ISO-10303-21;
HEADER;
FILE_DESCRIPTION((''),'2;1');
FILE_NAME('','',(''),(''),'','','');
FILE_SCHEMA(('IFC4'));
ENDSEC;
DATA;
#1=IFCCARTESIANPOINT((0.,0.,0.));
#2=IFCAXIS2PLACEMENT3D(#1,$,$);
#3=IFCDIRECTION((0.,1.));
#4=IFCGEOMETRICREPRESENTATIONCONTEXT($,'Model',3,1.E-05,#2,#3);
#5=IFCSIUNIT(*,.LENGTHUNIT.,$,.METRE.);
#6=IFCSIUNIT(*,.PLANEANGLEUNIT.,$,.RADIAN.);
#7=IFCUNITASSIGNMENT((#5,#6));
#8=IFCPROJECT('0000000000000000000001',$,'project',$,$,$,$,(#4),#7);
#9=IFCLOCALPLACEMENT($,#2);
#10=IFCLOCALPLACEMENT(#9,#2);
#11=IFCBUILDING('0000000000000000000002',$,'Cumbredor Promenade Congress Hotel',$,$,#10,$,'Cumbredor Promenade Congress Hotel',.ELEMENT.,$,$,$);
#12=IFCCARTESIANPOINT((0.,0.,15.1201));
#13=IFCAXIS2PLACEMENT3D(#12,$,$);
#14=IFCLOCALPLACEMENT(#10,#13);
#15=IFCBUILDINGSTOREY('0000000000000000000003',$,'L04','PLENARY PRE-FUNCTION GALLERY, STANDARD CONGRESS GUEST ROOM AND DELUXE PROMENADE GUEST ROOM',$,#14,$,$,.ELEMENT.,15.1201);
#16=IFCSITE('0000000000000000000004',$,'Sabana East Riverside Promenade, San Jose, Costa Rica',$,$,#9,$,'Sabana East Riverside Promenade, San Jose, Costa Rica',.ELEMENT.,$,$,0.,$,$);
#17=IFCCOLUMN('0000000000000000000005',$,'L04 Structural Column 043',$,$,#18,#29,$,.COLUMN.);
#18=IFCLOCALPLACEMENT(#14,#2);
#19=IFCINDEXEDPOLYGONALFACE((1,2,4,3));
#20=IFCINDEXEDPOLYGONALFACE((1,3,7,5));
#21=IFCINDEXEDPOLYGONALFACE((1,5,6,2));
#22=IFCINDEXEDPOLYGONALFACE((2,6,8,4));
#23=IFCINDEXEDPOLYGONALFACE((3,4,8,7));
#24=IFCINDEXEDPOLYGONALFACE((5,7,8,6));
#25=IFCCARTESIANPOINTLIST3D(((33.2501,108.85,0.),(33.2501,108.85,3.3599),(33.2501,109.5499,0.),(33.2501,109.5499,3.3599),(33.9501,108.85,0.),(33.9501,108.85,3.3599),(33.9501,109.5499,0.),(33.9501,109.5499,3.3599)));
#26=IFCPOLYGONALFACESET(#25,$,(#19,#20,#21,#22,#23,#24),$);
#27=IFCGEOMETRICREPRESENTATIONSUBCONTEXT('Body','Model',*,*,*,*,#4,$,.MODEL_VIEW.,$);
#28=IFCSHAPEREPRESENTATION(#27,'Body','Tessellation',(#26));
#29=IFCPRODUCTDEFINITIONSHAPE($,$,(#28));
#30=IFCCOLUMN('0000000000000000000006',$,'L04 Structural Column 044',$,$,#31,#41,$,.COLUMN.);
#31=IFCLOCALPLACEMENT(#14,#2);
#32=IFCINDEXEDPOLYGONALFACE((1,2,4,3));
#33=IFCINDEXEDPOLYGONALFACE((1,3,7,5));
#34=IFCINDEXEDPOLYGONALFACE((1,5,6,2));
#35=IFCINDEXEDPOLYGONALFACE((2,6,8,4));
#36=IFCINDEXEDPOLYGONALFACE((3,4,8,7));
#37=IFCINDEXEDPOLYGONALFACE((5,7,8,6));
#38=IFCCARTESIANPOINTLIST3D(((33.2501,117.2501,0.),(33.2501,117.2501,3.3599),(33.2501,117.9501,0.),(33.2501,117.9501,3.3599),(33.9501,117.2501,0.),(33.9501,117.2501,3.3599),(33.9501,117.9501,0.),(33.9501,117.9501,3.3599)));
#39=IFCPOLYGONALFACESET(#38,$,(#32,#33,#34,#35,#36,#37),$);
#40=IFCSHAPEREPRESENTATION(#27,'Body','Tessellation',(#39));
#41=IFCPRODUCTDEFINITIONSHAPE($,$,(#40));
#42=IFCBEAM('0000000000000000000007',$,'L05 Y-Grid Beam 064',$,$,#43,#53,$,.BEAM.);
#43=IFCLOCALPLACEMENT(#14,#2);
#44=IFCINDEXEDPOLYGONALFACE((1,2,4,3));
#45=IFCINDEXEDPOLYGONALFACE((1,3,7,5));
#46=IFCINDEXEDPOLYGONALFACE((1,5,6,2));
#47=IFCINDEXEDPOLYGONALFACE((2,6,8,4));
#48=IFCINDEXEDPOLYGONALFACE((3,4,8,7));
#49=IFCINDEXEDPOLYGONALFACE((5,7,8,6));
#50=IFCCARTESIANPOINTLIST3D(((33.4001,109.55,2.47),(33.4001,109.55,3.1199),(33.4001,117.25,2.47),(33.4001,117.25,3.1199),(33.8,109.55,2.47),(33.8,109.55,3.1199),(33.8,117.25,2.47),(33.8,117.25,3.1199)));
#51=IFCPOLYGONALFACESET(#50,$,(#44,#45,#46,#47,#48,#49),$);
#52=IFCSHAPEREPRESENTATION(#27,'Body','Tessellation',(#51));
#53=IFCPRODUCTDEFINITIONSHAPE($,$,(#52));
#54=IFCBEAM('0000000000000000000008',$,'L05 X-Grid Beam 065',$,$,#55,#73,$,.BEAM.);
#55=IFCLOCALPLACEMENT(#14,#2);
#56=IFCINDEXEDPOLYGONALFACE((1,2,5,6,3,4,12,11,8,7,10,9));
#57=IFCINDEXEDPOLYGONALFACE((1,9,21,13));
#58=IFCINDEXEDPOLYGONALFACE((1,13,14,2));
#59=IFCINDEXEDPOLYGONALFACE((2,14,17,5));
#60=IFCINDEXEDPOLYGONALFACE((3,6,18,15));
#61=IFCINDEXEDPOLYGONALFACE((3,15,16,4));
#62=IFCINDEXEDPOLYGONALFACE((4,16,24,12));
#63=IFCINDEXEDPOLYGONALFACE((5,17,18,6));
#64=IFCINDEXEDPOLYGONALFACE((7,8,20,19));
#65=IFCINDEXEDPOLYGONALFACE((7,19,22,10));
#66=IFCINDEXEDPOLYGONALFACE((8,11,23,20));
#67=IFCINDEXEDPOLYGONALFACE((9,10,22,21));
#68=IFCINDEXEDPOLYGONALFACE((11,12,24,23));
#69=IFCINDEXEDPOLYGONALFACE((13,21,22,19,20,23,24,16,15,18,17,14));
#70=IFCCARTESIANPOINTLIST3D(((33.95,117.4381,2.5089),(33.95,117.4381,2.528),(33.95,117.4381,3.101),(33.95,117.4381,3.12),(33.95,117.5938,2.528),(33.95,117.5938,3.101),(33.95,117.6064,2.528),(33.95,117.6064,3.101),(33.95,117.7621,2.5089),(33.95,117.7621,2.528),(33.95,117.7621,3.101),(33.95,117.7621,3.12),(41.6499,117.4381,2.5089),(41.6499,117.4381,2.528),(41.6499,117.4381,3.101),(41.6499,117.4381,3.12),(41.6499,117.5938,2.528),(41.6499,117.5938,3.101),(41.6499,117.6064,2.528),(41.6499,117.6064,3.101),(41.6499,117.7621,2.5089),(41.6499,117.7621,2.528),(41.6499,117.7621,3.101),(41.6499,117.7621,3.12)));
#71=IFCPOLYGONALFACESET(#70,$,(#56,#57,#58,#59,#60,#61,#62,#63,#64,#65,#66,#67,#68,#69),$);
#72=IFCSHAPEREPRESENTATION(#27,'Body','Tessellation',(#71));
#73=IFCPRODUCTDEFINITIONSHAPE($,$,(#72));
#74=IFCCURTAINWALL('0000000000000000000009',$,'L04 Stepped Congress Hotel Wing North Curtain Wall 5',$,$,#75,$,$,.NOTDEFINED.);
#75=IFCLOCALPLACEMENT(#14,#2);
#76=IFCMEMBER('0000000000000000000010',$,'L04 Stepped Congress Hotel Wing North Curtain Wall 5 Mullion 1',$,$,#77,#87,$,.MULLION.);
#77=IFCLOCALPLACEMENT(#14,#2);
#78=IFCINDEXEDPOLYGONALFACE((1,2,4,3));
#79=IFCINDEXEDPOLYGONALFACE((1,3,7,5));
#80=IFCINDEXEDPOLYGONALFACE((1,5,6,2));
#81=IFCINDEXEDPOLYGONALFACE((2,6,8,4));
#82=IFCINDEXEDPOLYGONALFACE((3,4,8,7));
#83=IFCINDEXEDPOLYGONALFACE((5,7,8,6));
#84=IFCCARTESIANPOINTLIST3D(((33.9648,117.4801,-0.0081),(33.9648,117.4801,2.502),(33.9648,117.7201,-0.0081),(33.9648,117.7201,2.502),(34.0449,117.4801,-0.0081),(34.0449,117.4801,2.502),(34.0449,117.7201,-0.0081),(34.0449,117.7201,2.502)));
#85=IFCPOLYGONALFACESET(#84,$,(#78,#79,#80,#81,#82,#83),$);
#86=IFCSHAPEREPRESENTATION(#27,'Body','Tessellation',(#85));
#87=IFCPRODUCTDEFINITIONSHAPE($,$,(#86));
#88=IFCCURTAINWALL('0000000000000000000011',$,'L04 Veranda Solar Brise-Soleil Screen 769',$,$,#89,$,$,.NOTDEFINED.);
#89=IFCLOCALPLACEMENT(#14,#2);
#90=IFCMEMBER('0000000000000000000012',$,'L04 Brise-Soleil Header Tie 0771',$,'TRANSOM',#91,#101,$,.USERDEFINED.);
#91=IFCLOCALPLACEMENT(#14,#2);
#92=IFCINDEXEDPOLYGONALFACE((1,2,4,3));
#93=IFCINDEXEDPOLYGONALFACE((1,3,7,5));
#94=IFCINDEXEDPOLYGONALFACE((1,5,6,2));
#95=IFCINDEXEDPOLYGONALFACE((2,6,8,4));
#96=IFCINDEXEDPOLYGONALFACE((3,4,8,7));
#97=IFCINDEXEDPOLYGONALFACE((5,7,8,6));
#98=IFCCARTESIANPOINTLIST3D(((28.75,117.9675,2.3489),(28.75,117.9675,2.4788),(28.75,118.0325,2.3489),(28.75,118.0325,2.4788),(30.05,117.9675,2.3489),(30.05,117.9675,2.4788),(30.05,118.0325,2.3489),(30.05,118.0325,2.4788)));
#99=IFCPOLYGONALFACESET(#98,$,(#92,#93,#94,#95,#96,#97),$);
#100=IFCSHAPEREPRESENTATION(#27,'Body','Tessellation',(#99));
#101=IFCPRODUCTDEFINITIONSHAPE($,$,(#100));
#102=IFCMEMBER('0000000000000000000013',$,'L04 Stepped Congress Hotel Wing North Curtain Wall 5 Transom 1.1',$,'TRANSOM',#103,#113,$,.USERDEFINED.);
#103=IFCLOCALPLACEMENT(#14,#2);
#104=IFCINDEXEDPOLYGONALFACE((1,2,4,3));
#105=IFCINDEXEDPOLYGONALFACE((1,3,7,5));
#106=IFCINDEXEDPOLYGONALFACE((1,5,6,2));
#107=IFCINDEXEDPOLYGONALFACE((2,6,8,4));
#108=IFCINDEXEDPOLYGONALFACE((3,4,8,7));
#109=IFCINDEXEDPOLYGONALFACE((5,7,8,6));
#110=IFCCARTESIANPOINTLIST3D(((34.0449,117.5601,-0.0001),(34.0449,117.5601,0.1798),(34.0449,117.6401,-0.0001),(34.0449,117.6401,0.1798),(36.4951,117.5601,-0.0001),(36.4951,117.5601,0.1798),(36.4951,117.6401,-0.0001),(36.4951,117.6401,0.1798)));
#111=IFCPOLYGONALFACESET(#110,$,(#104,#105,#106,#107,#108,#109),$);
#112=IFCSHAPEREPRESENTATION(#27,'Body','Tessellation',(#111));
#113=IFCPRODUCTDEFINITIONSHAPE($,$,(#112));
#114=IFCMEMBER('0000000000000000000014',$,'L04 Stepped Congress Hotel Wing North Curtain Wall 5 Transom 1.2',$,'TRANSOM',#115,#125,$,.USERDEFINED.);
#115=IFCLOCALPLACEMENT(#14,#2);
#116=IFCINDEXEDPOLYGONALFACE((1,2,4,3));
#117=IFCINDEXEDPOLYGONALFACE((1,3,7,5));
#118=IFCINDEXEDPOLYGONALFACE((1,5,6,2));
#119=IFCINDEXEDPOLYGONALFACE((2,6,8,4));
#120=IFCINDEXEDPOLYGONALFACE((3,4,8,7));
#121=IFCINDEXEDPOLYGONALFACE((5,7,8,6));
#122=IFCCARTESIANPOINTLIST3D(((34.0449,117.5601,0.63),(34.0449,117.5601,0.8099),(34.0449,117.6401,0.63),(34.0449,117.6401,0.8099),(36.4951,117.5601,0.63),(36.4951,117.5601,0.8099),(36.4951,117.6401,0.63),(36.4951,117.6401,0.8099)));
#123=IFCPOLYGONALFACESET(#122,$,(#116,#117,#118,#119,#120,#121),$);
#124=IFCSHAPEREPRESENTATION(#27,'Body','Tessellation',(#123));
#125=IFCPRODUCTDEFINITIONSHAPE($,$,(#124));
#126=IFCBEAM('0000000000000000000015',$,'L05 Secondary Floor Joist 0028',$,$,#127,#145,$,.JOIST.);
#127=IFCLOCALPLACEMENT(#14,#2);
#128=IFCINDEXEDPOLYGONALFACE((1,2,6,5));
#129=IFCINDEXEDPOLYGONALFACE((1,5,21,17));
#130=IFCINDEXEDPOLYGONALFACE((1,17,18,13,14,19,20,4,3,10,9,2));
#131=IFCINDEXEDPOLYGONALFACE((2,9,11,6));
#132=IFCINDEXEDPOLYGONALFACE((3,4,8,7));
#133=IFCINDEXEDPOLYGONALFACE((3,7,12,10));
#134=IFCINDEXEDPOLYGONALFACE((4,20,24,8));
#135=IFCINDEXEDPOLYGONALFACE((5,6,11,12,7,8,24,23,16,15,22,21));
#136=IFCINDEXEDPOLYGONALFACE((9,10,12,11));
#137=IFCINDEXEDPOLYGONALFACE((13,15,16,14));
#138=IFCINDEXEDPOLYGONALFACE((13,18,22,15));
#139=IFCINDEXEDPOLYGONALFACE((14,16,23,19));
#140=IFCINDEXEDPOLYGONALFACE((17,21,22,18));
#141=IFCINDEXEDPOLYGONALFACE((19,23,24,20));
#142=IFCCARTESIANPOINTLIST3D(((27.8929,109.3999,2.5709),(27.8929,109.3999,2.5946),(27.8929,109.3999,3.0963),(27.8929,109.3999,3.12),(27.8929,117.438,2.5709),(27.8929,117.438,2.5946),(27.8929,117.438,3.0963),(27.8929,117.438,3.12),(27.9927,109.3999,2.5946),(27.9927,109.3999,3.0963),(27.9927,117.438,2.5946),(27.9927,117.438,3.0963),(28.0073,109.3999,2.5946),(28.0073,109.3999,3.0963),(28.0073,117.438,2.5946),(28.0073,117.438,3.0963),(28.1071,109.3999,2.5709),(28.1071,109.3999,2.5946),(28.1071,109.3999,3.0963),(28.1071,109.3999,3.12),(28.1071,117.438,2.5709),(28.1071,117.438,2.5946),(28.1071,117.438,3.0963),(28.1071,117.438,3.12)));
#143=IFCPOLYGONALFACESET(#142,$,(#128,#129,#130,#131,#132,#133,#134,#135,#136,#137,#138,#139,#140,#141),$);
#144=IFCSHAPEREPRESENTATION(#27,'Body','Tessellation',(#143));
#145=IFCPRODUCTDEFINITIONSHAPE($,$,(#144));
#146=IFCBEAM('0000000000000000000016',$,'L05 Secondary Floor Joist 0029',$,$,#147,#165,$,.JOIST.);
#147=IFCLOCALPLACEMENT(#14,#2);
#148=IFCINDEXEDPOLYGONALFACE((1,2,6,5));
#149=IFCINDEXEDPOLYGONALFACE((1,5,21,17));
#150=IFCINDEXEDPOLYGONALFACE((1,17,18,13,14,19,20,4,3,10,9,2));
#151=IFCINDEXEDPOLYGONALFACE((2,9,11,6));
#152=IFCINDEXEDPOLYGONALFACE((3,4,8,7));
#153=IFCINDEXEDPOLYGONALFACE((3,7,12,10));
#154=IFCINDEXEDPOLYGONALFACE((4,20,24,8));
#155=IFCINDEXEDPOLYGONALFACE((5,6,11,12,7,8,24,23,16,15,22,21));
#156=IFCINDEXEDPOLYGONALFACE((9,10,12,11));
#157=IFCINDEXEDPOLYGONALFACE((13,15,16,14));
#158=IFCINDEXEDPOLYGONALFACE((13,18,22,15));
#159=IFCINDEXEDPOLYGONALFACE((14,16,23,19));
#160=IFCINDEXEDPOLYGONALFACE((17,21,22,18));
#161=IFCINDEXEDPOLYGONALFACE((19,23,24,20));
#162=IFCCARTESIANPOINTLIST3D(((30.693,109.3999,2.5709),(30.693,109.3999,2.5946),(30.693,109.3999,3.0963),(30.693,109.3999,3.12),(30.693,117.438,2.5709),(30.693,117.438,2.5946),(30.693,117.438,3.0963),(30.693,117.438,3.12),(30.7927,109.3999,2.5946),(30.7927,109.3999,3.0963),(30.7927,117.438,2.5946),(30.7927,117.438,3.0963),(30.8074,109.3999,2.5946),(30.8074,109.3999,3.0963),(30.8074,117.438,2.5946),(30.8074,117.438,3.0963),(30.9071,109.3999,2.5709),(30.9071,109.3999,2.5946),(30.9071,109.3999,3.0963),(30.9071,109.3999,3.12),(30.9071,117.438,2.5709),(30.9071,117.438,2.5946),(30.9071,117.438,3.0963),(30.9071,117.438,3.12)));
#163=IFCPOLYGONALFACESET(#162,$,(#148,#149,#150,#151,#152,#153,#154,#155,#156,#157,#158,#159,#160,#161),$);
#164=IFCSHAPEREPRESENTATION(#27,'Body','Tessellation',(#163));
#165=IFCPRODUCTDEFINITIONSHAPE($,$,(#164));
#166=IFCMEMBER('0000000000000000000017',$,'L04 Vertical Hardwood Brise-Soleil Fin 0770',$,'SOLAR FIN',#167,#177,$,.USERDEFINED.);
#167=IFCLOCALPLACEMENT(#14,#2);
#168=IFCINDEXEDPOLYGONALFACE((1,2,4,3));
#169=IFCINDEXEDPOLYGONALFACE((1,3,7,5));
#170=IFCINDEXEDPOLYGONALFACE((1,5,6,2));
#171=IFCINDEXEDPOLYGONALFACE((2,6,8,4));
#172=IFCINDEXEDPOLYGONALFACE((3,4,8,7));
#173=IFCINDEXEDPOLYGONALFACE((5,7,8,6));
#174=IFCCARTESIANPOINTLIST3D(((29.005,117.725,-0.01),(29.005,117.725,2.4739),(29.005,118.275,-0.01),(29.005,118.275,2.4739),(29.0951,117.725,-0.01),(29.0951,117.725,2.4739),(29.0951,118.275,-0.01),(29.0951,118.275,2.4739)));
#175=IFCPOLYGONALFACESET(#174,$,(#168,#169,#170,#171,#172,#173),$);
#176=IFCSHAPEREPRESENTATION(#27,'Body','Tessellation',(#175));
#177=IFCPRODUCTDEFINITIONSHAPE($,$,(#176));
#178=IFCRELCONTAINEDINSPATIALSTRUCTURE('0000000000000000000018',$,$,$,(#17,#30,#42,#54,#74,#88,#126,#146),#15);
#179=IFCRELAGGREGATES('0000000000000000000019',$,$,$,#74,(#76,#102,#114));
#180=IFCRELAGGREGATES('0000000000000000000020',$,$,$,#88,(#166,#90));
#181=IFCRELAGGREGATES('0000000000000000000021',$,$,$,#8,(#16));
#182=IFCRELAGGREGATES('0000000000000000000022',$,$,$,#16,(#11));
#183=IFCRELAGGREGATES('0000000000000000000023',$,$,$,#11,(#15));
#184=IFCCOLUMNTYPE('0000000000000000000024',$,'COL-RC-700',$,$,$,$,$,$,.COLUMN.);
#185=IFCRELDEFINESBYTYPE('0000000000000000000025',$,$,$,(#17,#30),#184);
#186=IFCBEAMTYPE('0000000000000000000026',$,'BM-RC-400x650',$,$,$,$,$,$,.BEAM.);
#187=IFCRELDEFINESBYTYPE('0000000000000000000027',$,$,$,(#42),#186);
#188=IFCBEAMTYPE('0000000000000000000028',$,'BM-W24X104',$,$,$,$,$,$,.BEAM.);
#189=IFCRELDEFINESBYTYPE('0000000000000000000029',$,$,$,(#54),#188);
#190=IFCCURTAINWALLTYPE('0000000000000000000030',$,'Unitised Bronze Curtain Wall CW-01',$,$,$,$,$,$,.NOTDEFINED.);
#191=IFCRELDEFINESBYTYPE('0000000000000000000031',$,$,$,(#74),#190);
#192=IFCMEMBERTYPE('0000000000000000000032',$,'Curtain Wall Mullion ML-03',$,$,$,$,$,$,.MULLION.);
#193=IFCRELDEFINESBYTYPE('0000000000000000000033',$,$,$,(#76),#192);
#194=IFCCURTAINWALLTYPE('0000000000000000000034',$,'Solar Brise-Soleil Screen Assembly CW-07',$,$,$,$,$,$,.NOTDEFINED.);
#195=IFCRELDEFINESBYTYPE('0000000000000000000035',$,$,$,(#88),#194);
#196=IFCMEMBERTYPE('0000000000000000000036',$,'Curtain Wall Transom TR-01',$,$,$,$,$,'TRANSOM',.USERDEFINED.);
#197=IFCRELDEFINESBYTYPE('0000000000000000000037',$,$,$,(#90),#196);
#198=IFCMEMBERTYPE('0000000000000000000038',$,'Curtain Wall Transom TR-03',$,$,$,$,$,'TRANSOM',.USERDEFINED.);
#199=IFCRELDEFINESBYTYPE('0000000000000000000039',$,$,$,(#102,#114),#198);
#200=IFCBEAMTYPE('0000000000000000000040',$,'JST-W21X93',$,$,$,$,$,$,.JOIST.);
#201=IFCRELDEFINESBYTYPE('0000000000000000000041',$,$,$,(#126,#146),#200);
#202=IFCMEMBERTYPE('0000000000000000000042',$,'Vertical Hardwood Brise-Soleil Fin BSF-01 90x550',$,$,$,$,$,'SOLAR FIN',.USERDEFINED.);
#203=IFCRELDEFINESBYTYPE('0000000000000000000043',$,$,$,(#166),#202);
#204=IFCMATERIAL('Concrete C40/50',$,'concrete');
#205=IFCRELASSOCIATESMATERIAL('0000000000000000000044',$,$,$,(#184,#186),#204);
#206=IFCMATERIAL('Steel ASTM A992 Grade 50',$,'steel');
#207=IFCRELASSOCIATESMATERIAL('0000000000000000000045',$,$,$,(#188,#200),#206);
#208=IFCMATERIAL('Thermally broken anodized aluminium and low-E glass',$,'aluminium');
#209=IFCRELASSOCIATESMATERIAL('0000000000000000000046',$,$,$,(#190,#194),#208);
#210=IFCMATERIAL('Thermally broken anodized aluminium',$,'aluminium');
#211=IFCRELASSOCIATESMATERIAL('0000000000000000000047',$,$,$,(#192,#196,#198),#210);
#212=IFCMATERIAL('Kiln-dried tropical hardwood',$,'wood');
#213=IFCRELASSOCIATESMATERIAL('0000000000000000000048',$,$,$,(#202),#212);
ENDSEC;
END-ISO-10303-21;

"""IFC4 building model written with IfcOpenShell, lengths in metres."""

from ifc_helpers import new_model, si_unit, direction, frame, origin, origin_2d, place, context, subcontext, project, spatial, rectangle, i_section, extrude, material, material_profile, profile_set, type_object, element, aggregate, save


model = new_model("IFC4")

# Units and contexts
model_context = context("Model", 3, precision=1e-05, world=origin(), true_north=direction((0.0, 1.0)))
body_context = subcontext(model_context, "Body", "Model", "MODEL_VIEW")
ifc_project = project(units=[si_unit("LENGTHUNIT", "METRE"), si_unit("PLANEANGLEUNIT", "RADIAN")], contexts=[model_context])

# Site, building, storey
site_placement = place(None, origin())
site = spatial("IfcSite", under=ifc_project, at=site_placement, Name="Sabana East Riverside Promenade, San Jose, Costa Rica", LongName="Sabana East Riverside Promenade, San Jose, Costa Rica", CompositionType="ELEMENT", RefElevation=0.0)
building_placement = place(site_placement, origin())
building = spatial("IfcBuilding", under=site, at=building_placement, Name="Cumbredor Promenade Congress Hotel", LongName="Cumbredor Promenade Congress Hotel", CompositionType="ELEMENT")
storey_placement = place(building_placement, frame((0.0, 0.0, 15.1201)))
storey = spatial("IfcBuildingStorey", under=building, at=storey_placement, Name="L04", Description="PLENARY PRE-FUNCTION GALLERY, STANDARD CONGRESS GUEST ROOM AND DELUXE PROMENADE GUEST ROOM", CompositionType="ELEMENT", Elevation=15.1201)

# Columns
ifc_material_1 = material(Name="Concrete C40/50", Category="concrete")
ifc_material_profile_1 = material_profile(ifc_material_1, rectangle(XDim=0.7, YDim=0.7, at=origin_2d()), Name="RC 700x700")
ifc_profile_set_1 = profile_set([ifc_material_profile_1], Name="Concrete C40/50")
column_type = type_object("IfcColumnType", Name="COL-RC-700", PredefinedType="COLUMN", material=ifc_profile_set_1)
for number, where, z_axis, x_axis, name in (
    (1, (33.6001, 109.2, 0.0), (0.0, 0.0, 1.0), (1.0, 0.0, 0.0), "L04 Structural Column 043"),
    (2, (33.6001, 117.6001, 0.0), (0.0, 0.0, 1.0), (1.0, 0.0, 0.0), "L04 Structural Column 044"),
):
    element("IfcColumn", number, at=place(storey_placement, frame(where, z_axis=z_axis, x_axis=x_axis)), inside=storey, type_object=column_type, Name=name, PredefinedType="COLUMN", context=body_context, shape_type="SweptSolid", body=[
        extrude(rectangle(XDim=0.7, YDim=0.7, at=origin_2d()), origin(), (0.0, 0.0, 1.0), 3.3599),
    ])

# Beams
ifc_material_profile_2 = material_profile(ifc_material_1, rectangle(XDim=0.3999, YDim=0.6499, at=origin_2d()), Name="RC BEAM 400x650")
ifc_profile_set_2 = profile_set([ifc_material_profile_2], Name="Concrete C40/50")
beam_type_1 = type_object("IfcBeamType", Name="BM-RC-400x650", PredefinedType="BEAM", material=ifc_profile_set_2)
beam_1_placement = place(storey_placement, frame((33.6001, 109.55, 2.7949), z_axis=(0.0, 1.0, 0.0), x_axis=(-1.0, 0.0, 0.0)))
element("IfcBeam", 3, at=beam_1_placement, inside=storey, type_object=beam_type_1, Name="L05 Y-Grid Beam 064", PredefinedType="BEAM", context=body_context, shape_type="SweptSolid", body=[
    extrude(rectangle(XDim=0.3999, YDim=0.6499, at=origin_2d()), origin(), (0.0, 0.0, 1.0), 7.7),
])
ifc_material_2 = material(Name="Steel ASTM A992 Grade 50", Category="steel")
ifc_material_profile_3 = material_profile(ifc_material_2, i_section(OverallWidth=0.324, OverallDepth=0.6111, WebThickness=0.0127, FlangeThickness=0.019, at=origin_2d()), Name="W24X104")
ifc_profile_set_3 = profile_set([ifc_material_profile_3], Name="Steel ASTM A992 Grade 50")
beam_type_2 = type_object("IfcBeamType", Name="BM-W24X104", PredefinedType="BEAM", material=ifc_profile_set_3)
beam_2_placement = place(storey_placement, frame((33.95, 117.6001, 2.8145), z_axis=(1.0, 0.0, 0.0), x_axis=(0.0, 1.0, 0.0)))
element("IfcBeam", 4, at=beam_2_placement, inside=storey, type_object=beam_type_2, Name="L05 X-Grid Beam 065", PredefinedType="BEAM", context=body_context, shape_type="SweptSolid", body=[
    extrude(i_section(OverallWidth=0.324, OverallDepth=0.6111, WebThickness=0.0127, FlangeThickness=0.019, at=origin_2d()), origin(), (0.0, 0.0, 1.0), 7.7),
])

# Curtain walls, members
ifc_material_3 = material(Name="Thermally broken anodized aluminium and low-E glass", Category="aluminium")
curtain_wall_type_1 = type_object("IfcCurtainWallType", Name="Unitised Bronze Curtain Wall CW-01", PredefinedType="NOTDEFINED", material=ifc_material_3)
curtain_wall_1_placement = place(storey_placement, origin())
curtain_wall_1 = element("IfcCurtainWall", 5, at=curtain_wall_1_placement, inside=storey, type_object=curtain_wall_type_1, Name="L04 Stepped Congress Hotel Wing North Curtain Wall 5", PredefinedType="NOTDEFINED")
ifc_material_4 = material(Name="Thermally broken anodized aluminium", Category="aluminium")
ifc_material_profile_4 = material_profile(ifc_material_4, rectangle(XDim=0.0801, YDim=0.24, at=origin_2d()), Name="ALU MULLION 80x240")
ifc_profile_set_4 = profile_set([ifc_material_profile_4], Name="Thermally broken anodized aluminium")
member_type_1 = type_object("IfcMemberType", Name="Curtain Wall Mullion ML-03", PredefinedType="MULLION", material=ifc_profile_set_4)
member_1_placement = place(storey_placement, frame((34.0049, 117.6001, -0.0081), z_axis=(0.0, 0.0, 1.0), x_axis=(1.0, 0.0, 0.0)))
member_1 = element("IfcMember", 6, at=member_1_placement, type_object=member_type_1, Name="L04 Stepped Congress Hotel Wing North Curtain Wall 5 Mullion 1", PredefinedType="MULLION", context=body_context, shape_type="SweptSolid", body=[
    extrude(rectangle(XDim=0.0801, YDim=0.24, at=origin_2d()), origin(), (0.0, 0.0, 1.0), 2.51),
])
curtain_wall_type_2 = type_object("IfcCurtainWallType", Name="Solar Brise-Soleil Screen Assembly CW-07", PredefinedType="NOTDEFINED", material=ifc_material_3)
curtain_wall_2_placement = place(storey_placement, origin())
curtain_wall_2 = element("IfcCurtainWall", 7, at=curtain_wall_2_placement, inside=storey, type_object=curtain_wall_type_2, Name="L04 Veranda Solar Brise-Soleil Screen 769", PredefinedType="NOTDEFINED")
ifc_material_profile_5 = material_profile(ifc_material_4, rectangle(XDim=0.0649, YDim=0.1299, at=origin_2d()), Name="ALU TRANSOM 65x130")
ifc_profile_set_5 = profile_set([ifc_material_profile_5], Name="Thermally broken anodized aluminium")
member_type_2 = type_object("IfcMemberType", Name="Curtain Wall Transom TR-01", ElementType="TRANSOM", PredefinedType="USERDEFINED", material=ifc_profile_set_5)
member_2_placement = place(storey_placement, frame((28.75, 118.0, 2.4138), z_axis=(1.0, 0.0, 0.0), x_axis=(0.0, 1.0, 0.0)))
member_2 = element("IfcMember", 8, at=member_2_placement, type_object=member_type_2, Name="L04 Brise-Soleil Header Tie 0771", ObjectType="TRANSOM", PredefinedType="USERDEFINED", context=body_context, shape_type="SweptSolid", body=[
    extrude(rectangle(XDim=0.0649, YDim=0.1299, at=origin_2d()), origin(), (0.0, 0.0, 1.0), 1.3),
])

# Members
ifc_material_profile_6 = material_profile(ifc_material_4, rectangle(XDim=0.0801, YDim=0.1799, at=origin_2d()), Name="ALU TRANSOM 80x180")
ifc_profile_set_6 = profile_set([ifc_material_profile_6], Name="Thermally broken anodized aluminium")
member_type_3 = type_object("IfcMemberType", Name="Curtain Wall Transom TR-03", ElementType="TRANSOM", PredefinedType="USERDEFINED", material=ifc_profile_set_6)
member_3_placement = place(storey_placement, frame((34.0449, 117.6001, 0.0898), z_axis=(1.0, 0.0, 0.0), x_axis=(0.0, 1.0, 0.0)))
member_3 = element("IfcMember", 9, at=member_3_placement, type_object=member_type_3, Name="L04 Stepped Congress Hotel Wing North Curtain Wall 5 Transom 1.1", ObjectType="TRANSOM", PredefinedType="USERDEFINED", context=body_context, shape_type="SweptSolid", body=[
    extrude(rectangle(XDim=0.0801, YDim=0.1799, at=origin_2d()), origin(), (0.0, 0.0, 1.0), 2.4502),
])
member_4_placement = place(storey_placement, frame((34.0449, 117.6001, 0.72), z_axis=(1.0, 0.0, 0.0), x_axis=(0.0, 1.0, 0.0)))
member_4 = element("IfcMember", 10, at=member_4_placement, type_object=member_type_3, Name="L04 Stepped Congress Hotel Wing North Curtain Wall 5 Transom 1.2", ObjectType="TRANSOM", PredefinedType="USERDEFINED", context=body_context, shape_type="SweptSolid", body=[
    extrude(rectangle(XDim=0.0801, YDim=0.1799, at=origin_2d()), origin(), (0.0, 0.0, 1.0), 2.4502),
])
aggregate(curtain_wall_1, [member_1, member_3, member_4])

# Beams
ifc_material_profile_7 = material_profile(ifc_material_2, i_section(OverallWidth=0.2141, OverallDepth=0.5491, WebThickness=0.0146, FlangeThickness=0.0237, at=origin_2d()), Name="W21X93")
ifc_profile_set_7 = profile_set([ifc_material_profile_7], Name="Steel ASTM A992 Grade 50")
beam_type_3 = type_object("IfcBeamType", Name="JST-W21X93", PredefinedType="JOIST", material=ifc_profile_set_7)
for number, where, z_axis, x_axis, name in (
    (11, (28.0, 109.3999, 2.8455), (0.0, 1.0, 0.0), (-1.0, 0.0, 0.0), "L05 Secondary Floor Joist 0028"),
    (12, (30.8, 109.3999, 2.8455), (0.0, 1.0, 0.0), (-1.0, 0.0, 0.0), "L05 Secondary Floor Joist 0029"),
):
    element("IfcBeam", number, at=place(storey_placement, frame(where, z_axis=z_axis, x_axis=x_axis)), inside=storey, type_object=beam_type_3, Name=name, PredefinedType="JOIST", context=body_context, shape_type="SweptSolid", body=[
        extrude(i_section(OverallWidth=0.2141, OverallDepth=0.5491, WebThickness=0.0146, FlangeThickness=0.0237, at=origin_2d()), origin(), (0.0, 0.0, 1.0), 8.0381),
    ])

# Member
ifc_material_5 = material(Name="Kiln-dried tropical hardwood", Category="wood")
ifc_material_profile_8 = material_profile(ifc_material_5, rectangle(XDim=0.0901, YDim=0.55, at=origin_2d()), Name="ARCH FIN 90x550")
ifc_profile_set_8 = profile_set([ifc_material_profile_8], Name="Kiln-dried tropical hardwood")
member_type_4 = type_object("IfcMemberType", Name="Vertical Hardwood Brise-Soleil Fin BSF-01 90x550", ElementType="SOLAR FIN", PredefinedType="USERDEFINED", material=ifc_profile_set_8)
member_5_placement = place(storey_placement, frame((29.05, 118.0, -0.01), z_axis=(0.0, 0.0, 1.0), x_axis=(1.0, 0.0, 0.0)))
member_5 = element("IfcMember", 13, at=member_5_placement, type_object=member_type_4, Name="L04 Vertical Hardwood Brise-Soleil Fin 0770", ObjectType="SOLAR FIN", PredefinedType="USERDEFINED", context=body_context, shape_type="SweptSolid", body=[
    extrude(rectangle(XDim=0.0901, YDim=0.55, at=origin_2d()), origin(), (0.0, 0.0, 1.0), 2.4839),
])
aggregate(curtain_wall_2, [member_5, member_2])

save(model, "model.ifc")
